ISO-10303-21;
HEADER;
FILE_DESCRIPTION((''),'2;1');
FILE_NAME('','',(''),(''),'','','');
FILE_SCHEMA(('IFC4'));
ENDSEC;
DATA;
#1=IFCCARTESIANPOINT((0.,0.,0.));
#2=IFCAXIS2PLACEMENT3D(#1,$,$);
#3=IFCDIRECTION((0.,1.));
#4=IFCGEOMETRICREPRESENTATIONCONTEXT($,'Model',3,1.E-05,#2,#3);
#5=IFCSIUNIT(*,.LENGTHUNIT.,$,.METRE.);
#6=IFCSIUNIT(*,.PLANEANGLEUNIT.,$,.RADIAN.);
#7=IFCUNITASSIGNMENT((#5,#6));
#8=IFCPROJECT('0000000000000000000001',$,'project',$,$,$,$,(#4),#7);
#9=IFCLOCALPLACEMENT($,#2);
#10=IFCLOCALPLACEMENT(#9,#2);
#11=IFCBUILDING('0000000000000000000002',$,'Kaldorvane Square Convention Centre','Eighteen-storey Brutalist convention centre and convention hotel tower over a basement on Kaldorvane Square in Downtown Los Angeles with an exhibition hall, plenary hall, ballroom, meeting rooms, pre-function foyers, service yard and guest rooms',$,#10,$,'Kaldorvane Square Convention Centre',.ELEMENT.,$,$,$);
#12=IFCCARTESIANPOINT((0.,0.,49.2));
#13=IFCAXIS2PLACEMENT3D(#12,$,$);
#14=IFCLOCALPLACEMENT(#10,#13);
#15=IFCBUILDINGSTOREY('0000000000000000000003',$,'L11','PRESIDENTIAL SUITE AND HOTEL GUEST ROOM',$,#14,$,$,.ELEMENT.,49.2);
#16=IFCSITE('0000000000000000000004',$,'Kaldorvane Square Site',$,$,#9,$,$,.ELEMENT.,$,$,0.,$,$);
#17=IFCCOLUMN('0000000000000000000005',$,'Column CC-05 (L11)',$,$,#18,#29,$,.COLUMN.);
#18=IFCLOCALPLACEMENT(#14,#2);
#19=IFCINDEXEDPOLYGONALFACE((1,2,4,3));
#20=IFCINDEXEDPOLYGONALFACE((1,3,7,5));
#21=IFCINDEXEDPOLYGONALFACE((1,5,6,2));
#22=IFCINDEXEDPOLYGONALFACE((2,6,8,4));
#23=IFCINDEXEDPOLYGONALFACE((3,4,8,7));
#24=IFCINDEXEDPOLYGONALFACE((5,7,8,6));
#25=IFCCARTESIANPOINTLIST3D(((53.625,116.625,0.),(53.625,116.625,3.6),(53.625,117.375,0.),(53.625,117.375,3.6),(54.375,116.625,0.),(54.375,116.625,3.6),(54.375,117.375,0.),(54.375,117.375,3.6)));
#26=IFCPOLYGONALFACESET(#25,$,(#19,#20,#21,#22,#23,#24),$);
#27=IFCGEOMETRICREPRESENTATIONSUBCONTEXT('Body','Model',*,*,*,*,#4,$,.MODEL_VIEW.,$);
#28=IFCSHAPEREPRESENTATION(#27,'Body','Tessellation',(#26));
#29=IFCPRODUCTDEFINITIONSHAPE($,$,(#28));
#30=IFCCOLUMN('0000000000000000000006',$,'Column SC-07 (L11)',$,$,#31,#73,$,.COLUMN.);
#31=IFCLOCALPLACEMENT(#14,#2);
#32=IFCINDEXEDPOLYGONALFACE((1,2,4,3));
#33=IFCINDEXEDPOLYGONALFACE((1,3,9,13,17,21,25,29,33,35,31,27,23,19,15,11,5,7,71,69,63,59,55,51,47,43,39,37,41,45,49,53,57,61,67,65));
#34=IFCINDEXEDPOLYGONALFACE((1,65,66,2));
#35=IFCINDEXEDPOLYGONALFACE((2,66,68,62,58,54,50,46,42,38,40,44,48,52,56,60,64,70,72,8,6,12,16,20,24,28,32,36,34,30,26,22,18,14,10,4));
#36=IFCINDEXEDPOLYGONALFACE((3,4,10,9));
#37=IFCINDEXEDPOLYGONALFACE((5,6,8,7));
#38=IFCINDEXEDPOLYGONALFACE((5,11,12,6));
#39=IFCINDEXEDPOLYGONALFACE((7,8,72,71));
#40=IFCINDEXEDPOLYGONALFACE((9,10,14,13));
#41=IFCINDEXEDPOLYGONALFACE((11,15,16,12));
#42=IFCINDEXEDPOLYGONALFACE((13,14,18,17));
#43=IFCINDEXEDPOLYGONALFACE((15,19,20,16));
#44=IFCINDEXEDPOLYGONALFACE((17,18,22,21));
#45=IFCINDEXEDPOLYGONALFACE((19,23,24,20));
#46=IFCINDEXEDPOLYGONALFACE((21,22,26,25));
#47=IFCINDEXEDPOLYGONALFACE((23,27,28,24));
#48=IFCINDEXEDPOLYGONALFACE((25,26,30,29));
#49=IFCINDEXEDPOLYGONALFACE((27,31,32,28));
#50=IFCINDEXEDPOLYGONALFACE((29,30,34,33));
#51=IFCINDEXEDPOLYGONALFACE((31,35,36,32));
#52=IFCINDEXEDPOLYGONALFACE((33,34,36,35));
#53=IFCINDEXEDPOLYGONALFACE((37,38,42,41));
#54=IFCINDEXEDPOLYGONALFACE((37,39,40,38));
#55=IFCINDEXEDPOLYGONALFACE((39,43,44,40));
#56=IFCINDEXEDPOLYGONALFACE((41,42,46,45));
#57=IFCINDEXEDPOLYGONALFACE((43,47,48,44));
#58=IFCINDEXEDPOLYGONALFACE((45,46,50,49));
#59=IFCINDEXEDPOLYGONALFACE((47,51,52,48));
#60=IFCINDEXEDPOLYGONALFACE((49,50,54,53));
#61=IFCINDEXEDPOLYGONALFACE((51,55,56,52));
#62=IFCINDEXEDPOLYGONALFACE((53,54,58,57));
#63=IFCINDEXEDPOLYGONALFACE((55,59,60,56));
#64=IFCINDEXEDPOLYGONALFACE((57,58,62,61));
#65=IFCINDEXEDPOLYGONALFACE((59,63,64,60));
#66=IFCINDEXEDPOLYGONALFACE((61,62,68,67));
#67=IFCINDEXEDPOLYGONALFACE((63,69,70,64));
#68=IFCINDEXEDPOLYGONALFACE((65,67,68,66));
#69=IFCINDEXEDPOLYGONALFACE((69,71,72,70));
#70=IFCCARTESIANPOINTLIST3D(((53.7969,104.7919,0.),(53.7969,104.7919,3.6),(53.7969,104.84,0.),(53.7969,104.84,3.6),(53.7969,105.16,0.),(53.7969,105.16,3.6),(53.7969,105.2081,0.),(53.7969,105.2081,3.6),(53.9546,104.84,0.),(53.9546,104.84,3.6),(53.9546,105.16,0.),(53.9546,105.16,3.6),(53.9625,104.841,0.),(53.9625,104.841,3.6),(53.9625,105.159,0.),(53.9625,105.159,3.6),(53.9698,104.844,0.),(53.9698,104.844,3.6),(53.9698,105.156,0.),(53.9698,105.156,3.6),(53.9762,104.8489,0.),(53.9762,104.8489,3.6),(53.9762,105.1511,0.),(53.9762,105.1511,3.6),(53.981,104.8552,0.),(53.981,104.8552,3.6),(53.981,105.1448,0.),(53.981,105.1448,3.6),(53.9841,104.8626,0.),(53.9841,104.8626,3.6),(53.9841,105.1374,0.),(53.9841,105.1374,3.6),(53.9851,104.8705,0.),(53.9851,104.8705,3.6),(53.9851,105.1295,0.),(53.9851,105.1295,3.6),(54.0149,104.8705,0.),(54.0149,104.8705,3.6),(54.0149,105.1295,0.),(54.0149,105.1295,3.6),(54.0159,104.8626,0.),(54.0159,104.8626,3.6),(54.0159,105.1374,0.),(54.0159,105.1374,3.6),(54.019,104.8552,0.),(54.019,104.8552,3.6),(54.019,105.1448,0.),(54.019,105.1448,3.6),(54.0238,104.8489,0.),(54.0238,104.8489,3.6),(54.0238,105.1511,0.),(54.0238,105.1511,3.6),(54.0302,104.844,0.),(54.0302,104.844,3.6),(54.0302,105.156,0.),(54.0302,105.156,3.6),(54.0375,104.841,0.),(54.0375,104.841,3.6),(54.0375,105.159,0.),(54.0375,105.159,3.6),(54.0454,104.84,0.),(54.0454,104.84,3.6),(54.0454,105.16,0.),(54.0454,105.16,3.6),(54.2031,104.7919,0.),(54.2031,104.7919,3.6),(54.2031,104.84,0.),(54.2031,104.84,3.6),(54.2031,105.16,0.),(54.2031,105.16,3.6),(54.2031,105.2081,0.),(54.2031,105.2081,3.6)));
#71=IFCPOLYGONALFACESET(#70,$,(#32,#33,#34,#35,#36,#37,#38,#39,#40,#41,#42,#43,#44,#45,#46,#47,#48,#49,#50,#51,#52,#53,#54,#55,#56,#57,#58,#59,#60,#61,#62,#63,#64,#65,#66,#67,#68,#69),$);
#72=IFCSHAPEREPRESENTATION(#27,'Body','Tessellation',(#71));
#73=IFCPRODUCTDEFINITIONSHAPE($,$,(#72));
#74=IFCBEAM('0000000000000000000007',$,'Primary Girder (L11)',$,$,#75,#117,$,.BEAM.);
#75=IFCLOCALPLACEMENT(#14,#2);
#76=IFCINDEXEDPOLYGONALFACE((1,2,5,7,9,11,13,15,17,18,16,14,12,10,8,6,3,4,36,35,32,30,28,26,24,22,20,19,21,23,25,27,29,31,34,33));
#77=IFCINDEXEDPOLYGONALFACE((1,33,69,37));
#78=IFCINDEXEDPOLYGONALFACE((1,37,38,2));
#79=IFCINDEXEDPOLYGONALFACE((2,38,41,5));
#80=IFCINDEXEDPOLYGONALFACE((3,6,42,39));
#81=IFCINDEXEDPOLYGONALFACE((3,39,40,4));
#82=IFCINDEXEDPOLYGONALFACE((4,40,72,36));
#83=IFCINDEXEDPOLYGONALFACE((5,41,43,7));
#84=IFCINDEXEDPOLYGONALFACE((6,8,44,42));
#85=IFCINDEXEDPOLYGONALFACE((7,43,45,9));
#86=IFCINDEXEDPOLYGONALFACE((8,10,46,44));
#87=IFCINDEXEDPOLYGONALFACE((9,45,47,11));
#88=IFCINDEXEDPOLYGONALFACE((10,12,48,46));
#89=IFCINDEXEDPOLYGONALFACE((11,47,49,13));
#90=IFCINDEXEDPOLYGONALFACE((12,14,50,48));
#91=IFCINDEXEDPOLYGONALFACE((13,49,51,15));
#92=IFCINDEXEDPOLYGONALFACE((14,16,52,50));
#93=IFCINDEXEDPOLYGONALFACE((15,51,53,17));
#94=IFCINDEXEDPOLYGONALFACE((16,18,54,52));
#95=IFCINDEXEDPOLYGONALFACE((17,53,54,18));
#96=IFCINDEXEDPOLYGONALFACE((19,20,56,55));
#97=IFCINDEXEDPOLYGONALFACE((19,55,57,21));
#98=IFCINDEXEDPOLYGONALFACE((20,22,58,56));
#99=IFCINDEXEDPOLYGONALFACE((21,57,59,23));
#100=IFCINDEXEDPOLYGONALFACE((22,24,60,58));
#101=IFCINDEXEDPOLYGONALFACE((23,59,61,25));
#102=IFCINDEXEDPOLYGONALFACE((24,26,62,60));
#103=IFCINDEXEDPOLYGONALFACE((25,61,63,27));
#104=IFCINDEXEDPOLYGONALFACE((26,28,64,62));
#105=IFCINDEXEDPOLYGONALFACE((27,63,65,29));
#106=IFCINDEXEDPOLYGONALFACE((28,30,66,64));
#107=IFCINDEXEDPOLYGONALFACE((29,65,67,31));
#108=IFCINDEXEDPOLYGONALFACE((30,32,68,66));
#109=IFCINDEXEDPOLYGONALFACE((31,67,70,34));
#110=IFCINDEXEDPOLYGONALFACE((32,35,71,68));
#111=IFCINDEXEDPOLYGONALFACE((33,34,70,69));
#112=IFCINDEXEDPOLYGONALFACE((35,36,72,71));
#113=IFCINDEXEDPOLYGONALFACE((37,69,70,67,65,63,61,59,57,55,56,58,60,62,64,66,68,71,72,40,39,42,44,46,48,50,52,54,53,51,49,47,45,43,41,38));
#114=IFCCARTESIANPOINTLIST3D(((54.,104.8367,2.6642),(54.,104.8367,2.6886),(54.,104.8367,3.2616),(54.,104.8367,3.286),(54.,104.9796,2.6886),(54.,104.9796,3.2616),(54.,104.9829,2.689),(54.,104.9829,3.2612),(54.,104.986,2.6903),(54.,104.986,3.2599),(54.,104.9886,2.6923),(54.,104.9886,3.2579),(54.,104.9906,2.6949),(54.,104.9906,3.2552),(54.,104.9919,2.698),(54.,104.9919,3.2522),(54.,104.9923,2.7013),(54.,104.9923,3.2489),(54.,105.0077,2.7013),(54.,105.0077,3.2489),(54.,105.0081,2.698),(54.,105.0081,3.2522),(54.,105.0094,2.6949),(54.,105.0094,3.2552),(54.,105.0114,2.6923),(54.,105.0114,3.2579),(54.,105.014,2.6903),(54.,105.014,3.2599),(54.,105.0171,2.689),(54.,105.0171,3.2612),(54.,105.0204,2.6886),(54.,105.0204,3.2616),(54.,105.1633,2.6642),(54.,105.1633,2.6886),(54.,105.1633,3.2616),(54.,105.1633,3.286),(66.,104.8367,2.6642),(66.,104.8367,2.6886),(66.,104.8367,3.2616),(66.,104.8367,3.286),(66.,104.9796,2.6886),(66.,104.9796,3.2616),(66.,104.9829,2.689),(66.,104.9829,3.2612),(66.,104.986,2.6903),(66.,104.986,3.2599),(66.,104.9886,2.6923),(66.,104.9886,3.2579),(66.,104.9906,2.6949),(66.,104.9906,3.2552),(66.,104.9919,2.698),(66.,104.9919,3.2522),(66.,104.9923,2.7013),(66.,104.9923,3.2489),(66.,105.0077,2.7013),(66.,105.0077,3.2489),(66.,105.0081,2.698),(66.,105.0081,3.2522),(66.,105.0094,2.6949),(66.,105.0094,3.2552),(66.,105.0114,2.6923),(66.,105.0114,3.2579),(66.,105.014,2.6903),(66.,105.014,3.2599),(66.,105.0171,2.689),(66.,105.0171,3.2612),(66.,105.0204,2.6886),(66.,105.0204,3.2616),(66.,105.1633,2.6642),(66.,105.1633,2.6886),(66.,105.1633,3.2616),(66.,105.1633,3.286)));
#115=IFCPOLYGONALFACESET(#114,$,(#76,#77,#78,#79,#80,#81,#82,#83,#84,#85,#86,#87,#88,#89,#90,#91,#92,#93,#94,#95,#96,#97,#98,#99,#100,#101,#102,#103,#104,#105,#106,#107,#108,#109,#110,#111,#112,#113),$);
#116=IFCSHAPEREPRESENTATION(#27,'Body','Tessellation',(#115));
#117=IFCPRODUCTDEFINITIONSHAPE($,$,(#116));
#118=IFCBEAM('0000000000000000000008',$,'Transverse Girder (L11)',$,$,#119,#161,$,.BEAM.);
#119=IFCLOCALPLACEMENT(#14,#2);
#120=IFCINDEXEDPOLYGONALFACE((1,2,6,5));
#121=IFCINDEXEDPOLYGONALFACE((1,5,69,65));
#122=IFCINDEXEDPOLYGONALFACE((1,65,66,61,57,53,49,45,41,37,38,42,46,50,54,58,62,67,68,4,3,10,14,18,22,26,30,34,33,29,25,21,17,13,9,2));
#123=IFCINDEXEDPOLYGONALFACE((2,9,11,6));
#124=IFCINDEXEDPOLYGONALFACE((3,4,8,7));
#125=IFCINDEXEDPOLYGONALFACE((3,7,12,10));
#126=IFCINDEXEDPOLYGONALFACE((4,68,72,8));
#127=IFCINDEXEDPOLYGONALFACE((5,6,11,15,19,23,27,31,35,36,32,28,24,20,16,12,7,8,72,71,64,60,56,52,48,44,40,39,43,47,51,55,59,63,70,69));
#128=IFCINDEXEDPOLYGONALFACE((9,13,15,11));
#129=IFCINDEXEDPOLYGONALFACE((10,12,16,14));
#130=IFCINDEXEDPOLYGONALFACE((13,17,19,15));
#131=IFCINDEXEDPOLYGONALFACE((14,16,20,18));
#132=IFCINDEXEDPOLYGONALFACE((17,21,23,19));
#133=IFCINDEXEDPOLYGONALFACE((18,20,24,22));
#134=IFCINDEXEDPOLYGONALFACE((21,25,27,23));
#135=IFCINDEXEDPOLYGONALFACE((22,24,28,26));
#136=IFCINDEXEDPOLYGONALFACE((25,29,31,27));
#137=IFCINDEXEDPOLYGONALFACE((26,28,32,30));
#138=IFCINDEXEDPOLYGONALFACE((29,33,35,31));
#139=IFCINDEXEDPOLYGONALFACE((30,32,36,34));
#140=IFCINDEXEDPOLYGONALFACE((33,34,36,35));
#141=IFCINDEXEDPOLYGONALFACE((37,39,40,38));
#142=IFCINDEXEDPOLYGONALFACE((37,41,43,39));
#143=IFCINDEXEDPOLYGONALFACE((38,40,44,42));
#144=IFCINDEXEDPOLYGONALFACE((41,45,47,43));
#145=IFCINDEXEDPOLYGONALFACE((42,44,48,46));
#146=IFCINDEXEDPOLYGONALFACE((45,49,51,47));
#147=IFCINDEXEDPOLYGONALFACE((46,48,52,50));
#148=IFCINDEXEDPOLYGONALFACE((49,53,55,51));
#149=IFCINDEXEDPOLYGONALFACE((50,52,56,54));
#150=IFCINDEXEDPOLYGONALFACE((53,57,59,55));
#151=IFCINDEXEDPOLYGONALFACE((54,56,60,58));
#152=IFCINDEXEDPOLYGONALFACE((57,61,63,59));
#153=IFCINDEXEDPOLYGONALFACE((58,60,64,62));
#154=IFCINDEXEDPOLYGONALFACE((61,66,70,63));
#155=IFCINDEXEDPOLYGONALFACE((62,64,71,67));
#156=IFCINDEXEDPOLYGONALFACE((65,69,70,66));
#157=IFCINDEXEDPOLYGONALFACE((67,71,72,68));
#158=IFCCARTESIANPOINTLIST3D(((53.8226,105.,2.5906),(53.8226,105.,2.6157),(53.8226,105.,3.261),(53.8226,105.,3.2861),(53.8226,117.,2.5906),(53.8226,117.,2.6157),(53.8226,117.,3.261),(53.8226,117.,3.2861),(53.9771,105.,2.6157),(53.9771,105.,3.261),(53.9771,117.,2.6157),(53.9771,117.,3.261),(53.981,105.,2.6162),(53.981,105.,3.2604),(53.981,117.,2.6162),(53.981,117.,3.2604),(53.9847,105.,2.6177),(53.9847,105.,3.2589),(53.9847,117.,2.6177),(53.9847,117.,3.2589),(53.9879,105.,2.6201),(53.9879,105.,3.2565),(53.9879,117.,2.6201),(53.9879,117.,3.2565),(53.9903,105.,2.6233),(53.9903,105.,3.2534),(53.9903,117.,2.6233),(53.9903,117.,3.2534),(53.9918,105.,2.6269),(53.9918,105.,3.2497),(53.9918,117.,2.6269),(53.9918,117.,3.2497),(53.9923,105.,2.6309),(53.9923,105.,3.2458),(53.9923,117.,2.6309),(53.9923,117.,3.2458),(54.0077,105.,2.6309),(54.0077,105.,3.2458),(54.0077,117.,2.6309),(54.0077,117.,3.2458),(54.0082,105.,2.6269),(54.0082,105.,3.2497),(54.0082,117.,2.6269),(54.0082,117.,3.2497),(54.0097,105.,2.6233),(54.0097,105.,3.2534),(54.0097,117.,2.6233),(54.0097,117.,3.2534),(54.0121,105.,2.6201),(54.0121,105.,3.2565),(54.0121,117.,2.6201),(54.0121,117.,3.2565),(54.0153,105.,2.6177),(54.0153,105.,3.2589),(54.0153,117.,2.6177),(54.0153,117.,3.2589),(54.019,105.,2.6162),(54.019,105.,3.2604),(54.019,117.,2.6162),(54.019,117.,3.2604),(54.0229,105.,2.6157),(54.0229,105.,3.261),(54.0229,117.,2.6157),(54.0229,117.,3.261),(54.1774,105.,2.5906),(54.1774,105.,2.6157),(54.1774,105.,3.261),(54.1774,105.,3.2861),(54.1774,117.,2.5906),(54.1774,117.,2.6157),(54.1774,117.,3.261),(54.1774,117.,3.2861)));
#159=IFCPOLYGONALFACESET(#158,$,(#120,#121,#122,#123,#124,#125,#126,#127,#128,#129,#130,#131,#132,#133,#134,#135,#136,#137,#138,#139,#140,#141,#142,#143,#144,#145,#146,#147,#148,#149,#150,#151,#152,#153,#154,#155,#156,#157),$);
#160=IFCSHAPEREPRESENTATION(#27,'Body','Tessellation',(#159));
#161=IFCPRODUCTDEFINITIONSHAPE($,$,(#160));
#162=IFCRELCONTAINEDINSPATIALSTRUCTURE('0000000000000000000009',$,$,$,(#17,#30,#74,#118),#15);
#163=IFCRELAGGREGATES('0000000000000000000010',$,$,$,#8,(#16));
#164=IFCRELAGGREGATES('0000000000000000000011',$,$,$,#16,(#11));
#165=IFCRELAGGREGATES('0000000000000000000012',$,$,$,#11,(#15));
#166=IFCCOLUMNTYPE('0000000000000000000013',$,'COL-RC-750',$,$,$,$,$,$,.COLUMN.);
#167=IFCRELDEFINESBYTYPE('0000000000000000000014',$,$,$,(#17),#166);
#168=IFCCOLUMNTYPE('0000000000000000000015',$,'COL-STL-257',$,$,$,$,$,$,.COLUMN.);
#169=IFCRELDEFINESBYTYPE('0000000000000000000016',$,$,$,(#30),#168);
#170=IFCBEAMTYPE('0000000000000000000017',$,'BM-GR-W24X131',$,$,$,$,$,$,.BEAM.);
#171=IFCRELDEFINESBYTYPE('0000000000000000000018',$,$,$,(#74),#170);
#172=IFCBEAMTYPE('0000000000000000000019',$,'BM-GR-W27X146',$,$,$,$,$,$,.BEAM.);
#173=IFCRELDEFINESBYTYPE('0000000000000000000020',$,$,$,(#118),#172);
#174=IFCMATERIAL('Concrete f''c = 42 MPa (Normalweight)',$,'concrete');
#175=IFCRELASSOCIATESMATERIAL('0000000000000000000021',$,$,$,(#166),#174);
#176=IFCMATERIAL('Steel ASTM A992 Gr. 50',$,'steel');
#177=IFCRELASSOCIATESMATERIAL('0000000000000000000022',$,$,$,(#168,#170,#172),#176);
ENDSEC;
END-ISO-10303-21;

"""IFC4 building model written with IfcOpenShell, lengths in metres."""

from ifc_helpers import new_model, si_unit, direction, frame, origin, origin_2d, place, context, subcontext, project, spatial, rectangle, i_section, extrude, material, material_profile, profile_set, type_object, element, save


model = new_model("IFC4")

# Units and contexts
model_context = context("Model", 3, precision=1e-05, world=origin(), true_north=direction((0.0, 1.0)))
body_context = subcontext(model_context, "Body", "Model", "MODEL_VIEW")
ifc_project = project(units=[si_unit("LENGTHUNIT", "METRE"), si_unit("PLANEANGLEUNIT", "RADIAN")], contexts=[model_context])

# Site, building, storey
site_placement = place(None, origin())
site = spatial("IfcSite", under=ifc_project, at=site_placement, Name="Kaldorvane Square Site", CompositionType="ELEMENT", RefElevation=0.0)
building_placement = place(site_placement, origin())
building = spatial("IfcBuilding", under=site, at=building_placement, Name="Kaldorvane Square Convention Centre", Description="Eighteen-storey Brutalist convention centre and convention hotel tower over a basement on Kaldorvane Square in Downtown Los Angeles with an exhibition hall, plenary hall, ballroom, meeting rooms, pre-function foyers, service yard and guest rooms", LongName="Kaldorvane Square Convention Centre", CompositionType="ELEMENT")
storey_placement = place(building_placement, frame((0.0, 0.0, 49.2)))
storey = spatial("IfcBuildingStorey", under=building, at=storey_placement, Name="L11", Description="PRESIDENTIAL SUITE AND HOTEL GUEST ROOM", CompositionType="ELEMENT", Elevation=49.2)

# Columns
ifc_material_1 = material(Name="Concrete f'c = 42 MPa (Normalweight)", Category="concrete")
ifc_material_profile_1 = material_profile(ifc_material_1, rectangle(XDim=0.75, YDim=0.75, at=origin_2d()), Name="RC750X750")
ifc_profile_set_1 = profile_set([ifc_material_profile_1], Name="Concrete f'c = 42 MPa (Normalweight)")
column_type_1 = type_object("IfcColumnType", Name="COL-RC-750", PredefinedType="COLUMN", material=ifc_profile_set_1)
column_1_placement = place(storey_placement, frame((54.0, 117.0, 0.0), z_axis=(0.0, 0.0, 1.0), x_axis=(1.0, 0.0, 0.0)))
element("IfcColumn", 1, at=column_1_placement, inside=storey, type_object=column_type_1, Name="Column CC-05 (L11)", PredefinedType="COLUMN", context=body_context, shape_type="SweptSolid", body=[
    extrude(rectangle(XDim=0.75, YDim=0.75, at=origin_2d()), origin(), (0.0, 0.0, 1.0), 3.6),
])
ifc_material_2 = material(Name="Steel ASTM A992 Gr. 50", Category="steel")
ifc_material_profile_2 = material_profile(ifc_material_2, i_section(OverallWidth=0.4063, OverallDepth=0.4161, WebThickness=0.0298, FlangeThickness=0.048, FilletRadius=0.0305, at=origin_2d()), Name="W14X257")
ifc_profile_set_2 = profile_set([ifc_material_profile_2], Name="Steel ASTM A992 Gr. 50")
column_type_2 = type_object("IfcColumnType", Name="COL-STL-257", PredefinedType="COLUMN", material=ifc_profile_set_2)
column_2_placement = place(storey_placement, frame((54.0, 105.0, 0.0), z_axis=(0.0, 0.0, 1.0), x_axis=(1.0, 0.0, 0.0)))
element("IfcColumn", 2, at=column_2_placement, inside=storey, type_object=column_type_2, Name="Column SC-07 (L11)", PredefinedType="COLUMN", context=body_context, shape_type="SweptSolid", body=[
    extrude(i_section(OverallWidth=0.4063, OverallDepth=0.4161, WebThickness=0.0298, FlangeThickness=0.048, FilletRadius=0.0305, at=origin_2d()), origin(), (0.0, 0.0, 1.0), 3.6),
])

# Beams
ifc_material_profile_3 = material_profile(ifc_material_2, i_section(OverallWidth=0.3265, OverallDepth=0.6218, WebThickness=0.0154, FlangeThickness=0.0244, FilletRadius=0.0127, at=origin_2d()), Name="W24X131")
ifc_profile_set_3 = profile_set([ifc_material_profile_3], Name="Steel ASTM A992 Gr. 50")
beam_type_1 = type_object("IfcBeamType", Name="BM-GR-W24X131", PredefinedType="BEAM", material=ifc_profile_set_3)
beam_1_placement = place(storey_placement, frame((54.0, 105.0, 2.9751), z_axis=(1.0, 0.0, 0.0), x_axis=(0.0, 1.0, 0.0)))
element("IfcBeam", 3, at=beam_1_placement, inside=storey, type_object=beam_type_1, Name="Primary Girder (L11)", PredefinedType="BEAM", context=body_context, shape_type="SweptSolid", body=[
    extrude(i_section(OverallWidth=0.3265, OverallDepth=0.6218, WebThickness=0.0154, FlangeThickness=0.0244, FilletRadius=0.0127, at=origin_2d()), origin(), (0.0, 0.0, 1.0), 12.0),
])
ifc_material_profile_4 = material_profile(ifc_material_2, i_section(OverallWidth=0.3547, OverallDepth=0.6955, WebThickness=0.0154, FlangeThickness=0.0251, FilletRadius=0.0152, at=origin_2d()), Name="W27X146")
ifc_profile_set_4 = profile_set([ifc_material_profile_4], Name="Steel ASTM A992 Gr. 50")
beam_type_2 = type_object("IfcBeamType", Name="BM-GR-W27X146", PredefinedType="BEAM", material=ifc_profile_set_4)
beam_2_placement = place(storey_placement, frame((54.0, 105.0, 2.9383), z_axis=(0.0, 1.0, 0.0), x_axis=(-1.0, 0.0, 0.0)))
element("IfcBeam", 4, at=beam_2_placement, inside=storey, type_object=beam_type_2, Name="Transverse Girder (L11)", PredefinedType="BEAM", context=body_context, shape_type="SweptSolid", body=[
    extrude(i_section(OverallWidth=0.3547, OverallDepth=0.6955, WebThickness=0.0154, FlangeThickness=0.0251, FilletRadius=0.0152, at=origin_2d()), origin(), (0.0, 0.0, 1.0), 12.0),
])

save(model, "model.ifc")
